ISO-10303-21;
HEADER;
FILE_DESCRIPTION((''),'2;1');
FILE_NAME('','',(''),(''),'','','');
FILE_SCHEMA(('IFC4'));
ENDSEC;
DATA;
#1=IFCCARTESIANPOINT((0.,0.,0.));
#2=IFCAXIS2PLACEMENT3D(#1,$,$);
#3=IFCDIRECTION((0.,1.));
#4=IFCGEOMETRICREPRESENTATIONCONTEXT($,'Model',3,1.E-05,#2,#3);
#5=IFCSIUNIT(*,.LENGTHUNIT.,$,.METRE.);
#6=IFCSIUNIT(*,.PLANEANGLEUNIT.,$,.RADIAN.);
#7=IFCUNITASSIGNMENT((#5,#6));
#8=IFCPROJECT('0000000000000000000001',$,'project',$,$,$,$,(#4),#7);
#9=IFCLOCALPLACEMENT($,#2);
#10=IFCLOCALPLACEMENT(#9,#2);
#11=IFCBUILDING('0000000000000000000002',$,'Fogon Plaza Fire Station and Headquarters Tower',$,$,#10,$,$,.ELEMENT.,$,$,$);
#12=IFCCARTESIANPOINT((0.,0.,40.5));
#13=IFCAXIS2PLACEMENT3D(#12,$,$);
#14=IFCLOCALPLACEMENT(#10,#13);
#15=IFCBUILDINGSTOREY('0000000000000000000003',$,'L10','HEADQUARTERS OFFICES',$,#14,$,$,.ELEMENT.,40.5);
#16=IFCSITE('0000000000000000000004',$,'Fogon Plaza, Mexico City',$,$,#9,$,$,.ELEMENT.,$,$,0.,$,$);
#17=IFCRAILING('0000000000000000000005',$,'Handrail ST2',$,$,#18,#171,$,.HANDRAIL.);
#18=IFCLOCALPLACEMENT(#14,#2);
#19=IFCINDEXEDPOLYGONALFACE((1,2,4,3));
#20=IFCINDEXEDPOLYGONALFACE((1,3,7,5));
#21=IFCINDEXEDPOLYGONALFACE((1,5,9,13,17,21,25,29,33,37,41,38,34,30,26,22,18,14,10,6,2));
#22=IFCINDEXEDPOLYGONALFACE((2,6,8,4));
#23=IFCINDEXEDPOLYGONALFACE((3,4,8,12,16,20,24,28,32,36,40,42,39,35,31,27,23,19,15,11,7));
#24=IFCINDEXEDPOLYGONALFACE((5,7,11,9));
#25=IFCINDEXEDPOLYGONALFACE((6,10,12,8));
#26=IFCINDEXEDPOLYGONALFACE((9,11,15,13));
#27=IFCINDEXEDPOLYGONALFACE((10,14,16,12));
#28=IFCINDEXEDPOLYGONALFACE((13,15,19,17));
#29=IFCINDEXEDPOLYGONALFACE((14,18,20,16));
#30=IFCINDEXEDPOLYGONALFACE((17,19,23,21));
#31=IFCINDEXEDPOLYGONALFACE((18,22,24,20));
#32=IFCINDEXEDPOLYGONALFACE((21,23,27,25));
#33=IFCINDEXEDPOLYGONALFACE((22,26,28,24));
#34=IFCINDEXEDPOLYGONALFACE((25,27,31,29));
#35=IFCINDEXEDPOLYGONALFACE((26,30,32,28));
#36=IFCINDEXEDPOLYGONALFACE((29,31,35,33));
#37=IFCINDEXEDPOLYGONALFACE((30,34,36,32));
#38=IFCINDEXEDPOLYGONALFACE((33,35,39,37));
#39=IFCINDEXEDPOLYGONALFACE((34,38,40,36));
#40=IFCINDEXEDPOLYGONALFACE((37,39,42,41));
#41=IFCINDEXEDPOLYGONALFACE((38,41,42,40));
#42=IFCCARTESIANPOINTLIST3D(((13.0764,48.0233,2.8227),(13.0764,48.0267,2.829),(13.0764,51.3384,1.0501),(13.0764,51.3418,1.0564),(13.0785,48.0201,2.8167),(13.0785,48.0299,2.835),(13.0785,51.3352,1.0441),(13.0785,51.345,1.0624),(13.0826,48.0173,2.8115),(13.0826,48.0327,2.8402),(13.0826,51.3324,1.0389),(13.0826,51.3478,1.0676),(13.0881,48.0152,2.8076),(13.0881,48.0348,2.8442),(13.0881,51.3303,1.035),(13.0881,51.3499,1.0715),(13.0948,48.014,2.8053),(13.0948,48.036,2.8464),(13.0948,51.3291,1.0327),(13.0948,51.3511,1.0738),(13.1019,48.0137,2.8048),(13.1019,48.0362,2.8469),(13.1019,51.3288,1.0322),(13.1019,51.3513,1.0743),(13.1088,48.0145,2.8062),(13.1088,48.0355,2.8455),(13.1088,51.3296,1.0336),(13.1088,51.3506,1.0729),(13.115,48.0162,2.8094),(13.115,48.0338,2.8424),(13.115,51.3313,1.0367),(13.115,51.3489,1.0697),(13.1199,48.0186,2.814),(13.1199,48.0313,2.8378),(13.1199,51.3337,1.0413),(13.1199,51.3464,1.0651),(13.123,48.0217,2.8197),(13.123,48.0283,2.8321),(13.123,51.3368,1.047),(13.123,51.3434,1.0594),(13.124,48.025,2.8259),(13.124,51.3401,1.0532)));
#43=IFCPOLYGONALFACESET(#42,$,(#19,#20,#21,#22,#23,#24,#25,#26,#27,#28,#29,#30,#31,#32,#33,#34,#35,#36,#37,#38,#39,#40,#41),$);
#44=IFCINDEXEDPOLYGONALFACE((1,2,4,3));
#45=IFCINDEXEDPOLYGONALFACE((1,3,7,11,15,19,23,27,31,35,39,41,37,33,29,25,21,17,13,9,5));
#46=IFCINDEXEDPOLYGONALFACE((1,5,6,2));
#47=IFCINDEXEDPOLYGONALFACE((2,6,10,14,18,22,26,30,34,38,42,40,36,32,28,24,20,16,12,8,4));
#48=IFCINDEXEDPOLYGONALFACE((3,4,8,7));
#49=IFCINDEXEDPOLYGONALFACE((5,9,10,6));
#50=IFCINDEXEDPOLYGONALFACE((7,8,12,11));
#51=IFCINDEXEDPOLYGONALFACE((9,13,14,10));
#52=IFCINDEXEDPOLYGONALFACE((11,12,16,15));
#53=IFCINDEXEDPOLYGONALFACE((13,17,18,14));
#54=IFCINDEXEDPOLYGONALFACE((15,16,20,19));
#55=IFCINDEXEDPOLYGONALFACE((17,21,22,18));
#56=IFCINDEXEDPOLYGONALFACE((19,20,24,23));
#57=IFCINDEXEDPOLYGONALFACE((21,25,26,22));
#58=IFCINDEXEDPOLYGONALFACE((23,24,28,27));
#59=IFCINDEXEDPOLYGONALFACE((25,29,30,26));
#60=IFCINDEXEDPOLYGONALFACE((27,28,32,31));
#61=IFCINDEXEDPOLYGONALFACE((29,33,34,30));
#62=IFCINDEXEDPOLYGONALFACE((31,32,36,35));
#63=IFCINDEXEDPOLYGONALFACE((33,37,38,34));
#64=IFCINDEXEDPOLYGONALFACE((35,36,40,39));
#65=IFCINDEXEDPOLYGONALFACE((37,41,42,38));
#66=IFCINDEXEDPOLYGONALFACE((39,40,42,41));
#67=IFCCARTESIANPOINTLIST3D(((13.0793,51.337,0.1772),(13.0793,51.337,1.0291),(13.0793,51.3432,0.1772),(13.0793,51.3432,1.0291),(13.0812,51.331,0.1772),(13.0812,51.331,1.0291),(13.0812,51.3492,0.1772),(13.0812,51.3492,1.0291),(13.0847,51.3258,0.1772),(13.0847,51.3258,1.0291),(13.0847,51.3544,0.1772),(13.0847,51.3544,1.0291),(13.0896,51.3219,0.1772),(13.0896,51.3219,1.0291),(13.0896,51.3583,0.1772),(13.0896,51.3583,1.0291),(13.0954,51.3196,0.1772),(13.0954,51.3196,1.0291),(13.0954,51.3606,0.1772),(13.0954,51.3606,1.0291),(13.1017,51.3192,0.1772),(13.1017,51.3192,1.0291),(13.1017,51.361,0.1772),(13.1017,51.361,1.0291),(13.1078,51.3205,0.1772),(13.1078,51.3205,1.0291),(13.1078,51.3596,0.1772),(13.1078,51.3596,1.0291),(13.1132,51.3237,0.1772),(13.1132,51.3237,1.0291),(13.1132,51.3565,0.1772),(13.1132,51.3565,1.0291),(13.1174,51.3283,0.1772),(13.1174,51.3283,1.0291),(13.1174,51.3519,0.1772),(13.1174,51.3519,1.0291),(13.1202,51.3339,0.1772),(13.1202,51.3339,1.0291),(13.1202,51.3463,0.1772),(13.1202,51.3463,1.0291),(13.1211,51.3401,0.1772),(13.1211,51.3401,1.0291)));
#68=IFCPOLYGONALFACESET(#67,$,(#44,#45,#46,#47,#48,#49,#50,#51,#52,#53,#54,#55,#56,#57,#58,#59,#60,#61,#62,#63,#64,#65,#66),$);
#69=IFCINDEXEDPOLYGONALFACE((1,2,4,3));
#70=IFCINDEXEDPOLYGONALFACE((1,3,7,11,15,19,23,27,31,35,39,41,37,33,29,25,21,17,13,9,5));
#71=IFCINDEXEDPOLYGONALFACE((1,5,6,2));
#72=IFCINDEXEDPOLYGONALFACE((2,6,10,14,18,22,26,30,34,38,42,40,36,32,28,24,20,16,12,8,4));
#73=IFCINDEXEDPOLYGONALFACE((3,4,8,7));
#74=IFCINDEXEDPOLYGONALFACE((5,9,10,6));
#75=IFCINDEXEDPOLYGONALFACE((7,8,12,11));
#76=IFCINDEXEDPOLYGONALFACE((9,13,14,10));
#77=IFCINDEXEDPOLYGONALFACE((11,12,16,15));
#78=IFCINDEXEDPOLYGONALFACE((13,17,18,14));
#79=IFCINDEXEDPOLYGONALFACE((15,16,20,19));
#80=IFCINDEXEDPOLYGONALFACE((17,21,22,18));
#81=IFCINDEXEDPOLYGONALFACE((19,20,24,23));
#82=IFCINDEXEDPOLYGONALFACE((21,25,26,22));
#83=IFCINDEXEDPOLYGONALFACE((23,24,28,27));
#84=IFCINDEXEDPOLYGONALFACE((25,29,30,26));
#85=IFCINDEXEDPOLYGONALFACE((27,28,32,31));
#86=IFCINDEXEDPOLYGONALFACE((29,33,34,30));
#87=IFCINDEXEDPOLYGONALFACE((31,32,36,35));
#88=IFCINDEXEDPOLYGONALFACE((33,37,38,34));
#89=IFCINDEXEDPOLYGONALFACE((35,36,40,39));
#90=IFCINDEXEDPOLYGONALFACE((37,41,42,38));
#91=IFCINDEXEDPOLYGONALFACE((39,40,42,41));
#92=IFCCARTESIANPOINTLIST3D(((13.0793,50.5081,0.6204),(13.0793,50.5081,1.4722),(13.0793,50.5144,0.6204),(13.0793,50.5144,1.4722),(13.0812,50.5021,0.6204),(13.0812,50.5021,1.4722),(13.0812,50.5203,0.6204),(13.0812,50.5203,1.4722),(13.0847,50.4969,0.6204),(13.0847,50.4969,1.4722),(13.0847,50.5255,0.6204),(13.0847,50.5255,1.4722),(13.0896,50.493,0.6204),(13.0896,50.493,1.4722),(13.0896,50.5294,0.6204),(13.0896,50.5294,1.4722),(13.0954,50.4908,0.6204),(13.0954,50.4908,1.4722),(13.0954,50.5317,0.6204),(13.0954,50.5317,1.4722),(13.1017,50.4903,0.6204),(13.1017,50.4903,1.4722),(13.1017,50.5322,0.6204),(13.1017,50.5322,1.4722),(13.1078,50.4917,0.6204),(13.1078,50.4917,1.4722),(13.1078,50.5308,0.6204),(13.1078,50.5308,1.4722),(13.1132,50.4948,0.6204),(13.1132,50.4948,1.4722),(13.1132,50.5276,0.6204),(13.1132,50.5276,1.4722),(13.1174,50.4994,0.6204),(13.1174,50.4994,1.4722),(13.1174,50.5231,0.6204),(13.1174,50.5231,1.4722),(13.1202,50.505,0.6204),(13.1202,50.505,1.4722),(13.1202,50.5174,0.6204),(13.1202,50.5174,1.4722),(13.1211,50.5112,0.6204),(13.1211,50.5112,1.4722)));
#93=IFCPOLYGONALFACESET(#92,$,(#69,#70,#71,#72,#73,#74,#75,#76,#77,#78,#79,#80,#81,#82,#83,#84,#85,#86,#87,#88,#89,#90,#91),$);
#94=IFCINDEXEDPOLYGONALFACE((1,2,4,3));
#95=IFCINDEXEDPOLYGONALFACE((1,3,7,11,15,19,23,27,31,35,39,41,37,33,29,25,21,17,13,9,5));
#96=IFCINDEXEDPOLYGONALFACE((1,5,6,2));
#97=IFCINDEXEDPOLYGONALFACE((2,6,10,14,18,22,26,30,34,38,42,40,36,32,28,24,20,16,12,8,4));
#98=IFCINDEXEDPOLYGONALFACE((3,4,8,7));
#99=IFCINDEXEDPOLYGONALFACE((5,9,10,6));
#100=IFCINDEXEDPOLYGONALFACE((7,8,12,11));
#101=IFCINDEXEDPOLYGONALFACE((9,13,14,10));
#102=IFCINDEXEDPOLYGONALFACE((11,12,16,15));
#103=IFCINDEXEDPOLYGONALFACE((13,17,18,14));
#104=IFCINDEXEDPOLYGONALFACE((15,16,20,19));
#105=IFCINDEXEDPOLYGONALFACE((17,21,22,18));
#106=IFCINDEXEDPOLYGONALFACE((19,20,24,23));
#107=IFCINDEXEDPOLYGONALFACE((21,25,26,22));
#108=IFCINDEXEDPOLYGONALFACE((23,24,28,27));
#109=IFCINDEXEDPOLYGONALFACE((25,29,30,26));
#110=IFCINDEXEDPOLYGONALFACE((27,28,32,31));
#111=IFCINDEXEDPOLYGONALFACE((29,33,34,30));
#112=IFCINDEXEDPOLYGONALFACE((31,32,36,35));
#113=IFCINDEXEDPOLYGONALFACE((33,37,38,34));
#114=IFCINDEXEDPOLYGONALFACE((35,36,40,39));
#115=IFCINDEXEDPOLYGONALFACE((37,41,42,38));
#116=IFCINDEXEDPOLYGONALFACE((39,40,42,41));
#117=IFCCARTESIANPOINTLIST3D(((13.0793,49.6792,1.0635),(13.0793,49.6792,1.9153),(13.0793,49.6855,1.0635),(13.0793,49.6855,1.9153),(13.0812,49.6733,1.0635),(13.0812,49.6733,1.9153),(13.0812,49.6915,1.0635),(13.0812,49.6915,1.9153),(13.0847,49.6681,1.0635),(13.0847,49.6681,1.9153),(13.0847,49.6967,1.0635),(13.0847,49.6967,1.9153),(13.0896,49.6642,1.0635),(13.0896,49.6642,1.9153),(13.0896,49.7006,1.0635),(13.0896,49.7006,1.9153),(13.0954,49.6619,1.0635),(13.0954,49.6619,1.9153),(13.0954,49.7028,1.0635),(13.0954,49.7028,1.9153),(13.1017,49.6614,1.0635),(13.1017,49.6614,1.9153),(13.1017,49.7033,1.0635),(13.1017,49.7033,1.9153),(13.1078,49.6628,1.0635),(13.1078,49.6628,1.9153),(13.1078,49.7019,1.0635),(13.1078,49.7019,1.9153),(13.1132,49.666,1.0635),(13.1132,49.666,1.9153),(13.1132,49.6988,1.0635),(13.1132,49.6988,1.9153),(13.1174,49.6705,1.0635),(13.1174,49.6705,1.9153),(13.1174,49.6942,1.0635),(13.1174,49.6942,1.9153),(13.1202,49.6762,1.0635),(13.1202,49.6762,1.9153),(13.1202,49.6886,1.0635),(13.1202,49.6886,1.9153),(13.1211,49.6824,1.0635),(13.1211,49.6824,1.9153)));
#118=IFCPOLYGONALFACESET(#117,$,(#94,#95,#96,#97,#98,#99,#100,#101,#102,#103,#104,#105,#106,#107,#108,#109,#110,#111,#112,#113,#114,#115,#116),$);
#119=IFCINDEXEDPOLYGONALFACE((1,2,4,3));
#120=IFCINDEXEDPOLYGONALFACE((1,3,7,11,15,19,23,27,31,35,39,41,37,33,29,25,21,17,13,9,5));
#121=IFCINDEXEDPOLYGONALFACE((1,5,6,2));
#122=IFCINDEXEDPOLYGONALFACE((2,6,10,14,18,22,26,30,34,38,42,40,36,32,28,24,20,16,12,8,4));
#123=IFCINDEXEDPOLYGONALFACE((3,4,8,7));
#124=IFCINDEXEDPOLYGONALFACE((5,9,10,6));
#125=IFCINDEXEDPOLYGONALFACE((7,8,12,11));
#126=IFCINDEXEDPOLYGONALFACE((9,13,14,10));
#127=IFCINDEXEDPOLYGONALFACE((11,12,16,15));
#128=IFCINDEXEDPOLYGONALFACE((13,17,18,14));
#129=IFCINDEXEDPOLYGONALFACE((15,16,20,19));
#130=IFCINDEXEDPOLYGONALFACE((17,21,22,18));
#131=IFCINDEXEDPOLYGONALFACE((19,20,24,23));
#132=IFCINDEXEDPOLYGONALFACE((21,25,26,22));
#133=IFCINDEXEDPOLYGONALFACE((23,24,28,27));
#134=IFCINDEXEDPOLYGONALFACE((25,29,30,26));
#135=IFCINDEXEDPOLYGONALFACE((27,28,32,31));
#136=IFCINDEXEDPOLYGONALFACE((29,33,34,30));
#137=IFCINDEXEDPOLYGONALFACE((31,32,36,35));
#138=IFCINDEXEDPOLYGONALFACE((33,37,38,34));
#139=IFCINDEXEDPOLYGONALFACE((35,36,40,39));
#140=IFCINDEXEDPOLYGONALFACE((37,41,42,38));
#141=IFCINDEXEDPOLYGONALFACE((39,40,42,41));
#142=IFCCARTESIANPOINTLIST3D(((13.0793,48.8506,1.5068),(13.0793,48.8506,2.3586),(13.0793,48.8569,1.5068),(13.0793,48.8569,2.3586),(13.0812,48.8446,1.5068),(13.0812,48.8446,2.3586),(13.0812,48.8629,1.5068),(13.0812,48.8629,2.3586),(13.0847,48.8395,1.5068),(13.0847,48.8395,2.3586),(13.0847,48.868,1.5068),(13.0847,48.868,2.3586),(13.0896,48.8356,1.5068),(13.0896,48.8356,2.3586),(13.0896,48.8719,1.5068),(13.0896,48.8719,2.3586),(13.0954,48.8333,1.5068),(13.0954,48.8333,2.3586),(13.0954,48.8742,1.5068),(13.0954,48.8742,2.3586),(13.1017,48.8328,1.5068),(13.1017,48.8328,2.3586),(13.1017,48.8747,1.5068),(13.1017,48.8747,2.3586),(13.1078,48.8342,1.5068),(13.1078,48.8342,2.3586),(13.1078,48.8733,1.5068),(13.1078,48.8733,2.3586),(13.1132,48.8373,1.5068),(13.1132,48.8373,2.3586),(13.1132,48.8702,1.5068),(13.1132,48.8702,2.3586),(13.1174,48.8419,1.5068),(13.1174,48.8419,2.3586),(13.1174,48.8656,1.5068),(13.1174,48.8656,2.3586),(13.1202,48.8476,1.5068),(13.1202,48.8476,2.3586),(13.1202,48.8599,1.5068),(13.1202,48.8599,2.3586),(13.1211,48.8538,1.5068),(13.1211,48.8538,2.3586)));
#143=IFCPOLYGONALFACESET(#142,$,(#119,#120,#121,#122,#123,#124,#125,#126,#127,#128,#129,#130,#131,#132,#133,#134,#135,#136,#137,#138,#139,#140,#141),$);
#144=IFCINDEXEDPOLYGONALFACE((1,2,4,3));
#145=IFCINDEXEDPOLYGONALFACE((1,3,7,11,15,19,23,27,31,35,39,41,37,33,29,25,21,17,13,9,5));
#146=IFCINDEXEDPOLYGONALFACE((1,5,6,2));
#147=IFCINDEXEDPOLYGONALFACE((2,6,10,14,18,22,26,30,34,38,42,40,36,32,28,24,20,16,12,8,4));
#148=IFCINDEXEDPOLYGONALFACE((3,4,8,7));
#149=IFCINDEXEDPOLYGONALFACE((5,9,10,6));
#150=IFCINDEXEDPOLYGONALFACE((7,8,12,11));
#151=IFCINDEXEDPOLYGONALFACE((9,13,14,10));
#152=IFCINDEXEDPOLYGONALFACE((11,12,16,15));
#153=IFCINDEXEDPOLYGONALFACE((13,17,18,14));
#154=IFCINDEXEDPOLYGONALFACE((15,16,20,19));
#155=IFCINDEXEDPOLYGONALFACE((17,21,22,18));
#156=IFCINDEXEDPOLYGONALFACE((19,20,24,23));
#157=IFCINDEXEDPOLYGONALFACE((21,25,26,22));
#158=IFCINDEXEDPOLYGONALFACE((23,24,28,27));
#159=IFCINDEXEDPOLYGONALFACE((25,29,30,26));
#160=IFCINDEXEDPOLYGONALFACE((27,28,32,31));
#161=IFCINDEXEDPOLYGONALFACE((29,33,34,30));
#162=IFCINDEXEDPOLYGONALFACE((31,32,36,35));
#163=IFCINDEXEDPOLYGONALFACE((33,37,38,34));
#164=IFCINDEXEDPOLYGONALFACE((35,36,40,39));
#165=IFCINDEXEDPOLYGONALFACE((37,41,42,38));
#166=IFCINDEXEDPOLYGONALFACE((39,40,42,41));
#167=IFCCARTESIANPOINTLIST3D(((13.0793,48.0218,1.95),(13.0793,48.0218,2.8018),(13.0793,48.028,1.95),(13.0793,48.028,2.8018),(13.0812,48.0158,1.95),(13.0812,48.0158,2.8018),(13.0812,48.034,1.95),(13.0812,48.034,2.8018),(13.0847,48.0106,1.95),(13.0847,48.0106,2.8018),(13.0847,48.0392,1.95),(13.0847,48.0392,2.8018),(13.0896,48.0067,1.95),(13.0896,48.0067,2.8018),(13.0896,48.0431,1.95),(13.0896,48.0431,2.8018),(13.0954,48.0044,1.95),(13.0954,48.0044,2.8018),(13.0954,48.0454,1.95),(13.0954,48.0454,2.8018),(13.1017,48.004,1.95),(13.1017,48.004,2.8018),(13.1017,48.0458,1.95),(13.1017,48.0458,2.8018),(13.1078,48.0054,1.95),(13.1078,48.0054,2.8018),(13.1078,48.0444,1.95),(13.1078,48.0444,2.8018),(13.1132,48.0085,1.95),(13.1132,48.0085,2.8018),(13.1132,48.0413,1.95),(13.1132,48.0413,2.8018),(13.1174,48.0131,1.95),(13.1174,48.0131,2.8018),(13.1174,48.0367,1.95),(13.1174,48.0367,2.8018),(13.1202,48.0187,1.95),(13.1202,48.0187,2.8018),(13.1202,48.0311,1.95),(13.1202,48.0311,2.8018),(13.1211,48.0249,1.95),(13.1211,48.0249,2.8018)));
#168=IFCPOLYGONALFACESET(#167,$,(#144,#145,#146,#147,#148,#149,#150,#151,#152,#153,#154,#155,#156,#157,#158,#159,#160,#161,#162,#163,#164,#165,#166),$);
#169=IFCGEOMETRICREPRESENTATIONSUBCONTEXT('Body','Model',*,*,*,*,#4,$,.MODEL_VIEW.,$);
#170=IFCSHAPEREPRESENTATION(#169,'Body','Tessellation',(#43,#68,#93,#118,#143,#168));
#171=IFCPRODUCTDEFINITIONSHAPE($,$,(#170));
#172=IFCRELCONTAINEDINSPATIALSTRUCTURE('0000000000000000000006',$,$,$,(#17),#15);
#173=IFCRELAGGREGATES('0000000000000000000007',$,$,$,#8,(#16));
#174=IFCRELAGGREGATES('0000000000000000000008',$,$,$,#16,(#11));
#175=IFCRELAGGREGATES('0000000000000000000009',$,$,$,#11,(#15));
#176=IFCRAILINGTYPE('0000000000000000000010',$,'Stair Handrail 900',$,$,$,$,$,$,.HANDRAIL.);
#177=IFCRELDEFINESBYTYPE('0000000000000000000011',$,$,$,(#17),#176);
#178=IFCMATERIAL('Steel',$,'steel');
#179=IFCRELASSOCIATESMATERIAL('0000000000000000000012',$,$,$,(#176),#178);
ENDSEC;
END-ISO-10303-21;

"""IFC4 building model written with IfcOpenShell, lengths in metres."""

from ifc_helpers import new_model, si_unit, direction, frame, origin, origin_2d, place, context, subcontext, project, spatial, circle, extrude, material, type_object, element, save


model = new_model("IFC4")

# Units and contexts
model_context = context("Model", 3, precision=1e-05, world=origin(), true_north=direction((0.0, 1.0)))
body_context = subcontext(model_context, "Body", "Model", "MODEL_VIEW")
ifc_project = project(units=[si_unit("LENGTHUNIT", "METRE"), si_unit("PLANEANGLEUNIT", "RADIAN")], contexts=[model_context])

# Site, building, storey
site_placement = place(None, origin())
site = spatial("IfcSite", under=ifc_project, at=site_placement, Name="Fogon Plaza, Mexico City", CompositionType="ELEMENT", RefElevation=0.0)
building_placement = place(site_placement, origin())
building = spatial("IfcBuilding", under=site, at=building_placement, Name="Fogon Plaza Fire Station and Headquarters Tower", CompositionType="ELEMENT")
storey_placement = place(building_placement, frame((0.0, 0.0, 40.5)))
storey = spatial("IfcBuildingStorey", under=building, at=storey_placement, Name="L10", Description="HEADQUARTERS OFFICES", CompositionType="ELEMENT", Elevation=40.5)

# Railing
ifc_material_1 = material(Name="Steel", Category="steel")
railing_type = type_object("IfcRailingType", Name="Stair Handrail 900", PredefinedType="HANDRAIL", material=ifc_material_1)
for number, where, name in (
    (1, (13.1001, 51.3401, 0.1772), "Handrail ST2"),
):
    element("IfcRailing", number, at=place(storey_placement, frame(where)), inside=storey, type_object=railing_type, Name=name, PredefinedType="HANDRAIL", context=body_context, shape_type="SweptSolid", body=[
        extrude(circle(Radius=0.0239, at=origin_2d()), frame((0.0, 0.0, 0.876), z_axis=(0.0, -0.881844, 0.471542), x_axis=(1.0, 0.0, 0.0)), (0.0, 0.0, 1.0), 3.7593),
        extrude(circle(Radius=0.021, at=origin_2d()), origin(), (0.0, 0.0, 1.0), 0.8518),
        extrude(circle(Radius=0.021, at=origin_2d()), frame((0.0, -0.8289, 0.4431)), (0.0, 0.0, 1.0), 0.8518),
        extrude(circle(Radius=0.021, at=origin_2d()), frame((0.0, -1.6577, 0.8862)), (0.0, 0.0, 1.0), 0.8518),
        extrude(circle(Radius=0.021, at=origin_2d()), frame((0.0, -2.4863, 1.3296)), (0.0, 0.0, 1.0), 0.8518),
        extrude(circle(Radius=0.021, at=origin_2d()), frame((0.0, -3.3152, 1.7727)), (0.0, 0.0, 1.0), 0.8518),
    ])

save(model, "model.ifc")
